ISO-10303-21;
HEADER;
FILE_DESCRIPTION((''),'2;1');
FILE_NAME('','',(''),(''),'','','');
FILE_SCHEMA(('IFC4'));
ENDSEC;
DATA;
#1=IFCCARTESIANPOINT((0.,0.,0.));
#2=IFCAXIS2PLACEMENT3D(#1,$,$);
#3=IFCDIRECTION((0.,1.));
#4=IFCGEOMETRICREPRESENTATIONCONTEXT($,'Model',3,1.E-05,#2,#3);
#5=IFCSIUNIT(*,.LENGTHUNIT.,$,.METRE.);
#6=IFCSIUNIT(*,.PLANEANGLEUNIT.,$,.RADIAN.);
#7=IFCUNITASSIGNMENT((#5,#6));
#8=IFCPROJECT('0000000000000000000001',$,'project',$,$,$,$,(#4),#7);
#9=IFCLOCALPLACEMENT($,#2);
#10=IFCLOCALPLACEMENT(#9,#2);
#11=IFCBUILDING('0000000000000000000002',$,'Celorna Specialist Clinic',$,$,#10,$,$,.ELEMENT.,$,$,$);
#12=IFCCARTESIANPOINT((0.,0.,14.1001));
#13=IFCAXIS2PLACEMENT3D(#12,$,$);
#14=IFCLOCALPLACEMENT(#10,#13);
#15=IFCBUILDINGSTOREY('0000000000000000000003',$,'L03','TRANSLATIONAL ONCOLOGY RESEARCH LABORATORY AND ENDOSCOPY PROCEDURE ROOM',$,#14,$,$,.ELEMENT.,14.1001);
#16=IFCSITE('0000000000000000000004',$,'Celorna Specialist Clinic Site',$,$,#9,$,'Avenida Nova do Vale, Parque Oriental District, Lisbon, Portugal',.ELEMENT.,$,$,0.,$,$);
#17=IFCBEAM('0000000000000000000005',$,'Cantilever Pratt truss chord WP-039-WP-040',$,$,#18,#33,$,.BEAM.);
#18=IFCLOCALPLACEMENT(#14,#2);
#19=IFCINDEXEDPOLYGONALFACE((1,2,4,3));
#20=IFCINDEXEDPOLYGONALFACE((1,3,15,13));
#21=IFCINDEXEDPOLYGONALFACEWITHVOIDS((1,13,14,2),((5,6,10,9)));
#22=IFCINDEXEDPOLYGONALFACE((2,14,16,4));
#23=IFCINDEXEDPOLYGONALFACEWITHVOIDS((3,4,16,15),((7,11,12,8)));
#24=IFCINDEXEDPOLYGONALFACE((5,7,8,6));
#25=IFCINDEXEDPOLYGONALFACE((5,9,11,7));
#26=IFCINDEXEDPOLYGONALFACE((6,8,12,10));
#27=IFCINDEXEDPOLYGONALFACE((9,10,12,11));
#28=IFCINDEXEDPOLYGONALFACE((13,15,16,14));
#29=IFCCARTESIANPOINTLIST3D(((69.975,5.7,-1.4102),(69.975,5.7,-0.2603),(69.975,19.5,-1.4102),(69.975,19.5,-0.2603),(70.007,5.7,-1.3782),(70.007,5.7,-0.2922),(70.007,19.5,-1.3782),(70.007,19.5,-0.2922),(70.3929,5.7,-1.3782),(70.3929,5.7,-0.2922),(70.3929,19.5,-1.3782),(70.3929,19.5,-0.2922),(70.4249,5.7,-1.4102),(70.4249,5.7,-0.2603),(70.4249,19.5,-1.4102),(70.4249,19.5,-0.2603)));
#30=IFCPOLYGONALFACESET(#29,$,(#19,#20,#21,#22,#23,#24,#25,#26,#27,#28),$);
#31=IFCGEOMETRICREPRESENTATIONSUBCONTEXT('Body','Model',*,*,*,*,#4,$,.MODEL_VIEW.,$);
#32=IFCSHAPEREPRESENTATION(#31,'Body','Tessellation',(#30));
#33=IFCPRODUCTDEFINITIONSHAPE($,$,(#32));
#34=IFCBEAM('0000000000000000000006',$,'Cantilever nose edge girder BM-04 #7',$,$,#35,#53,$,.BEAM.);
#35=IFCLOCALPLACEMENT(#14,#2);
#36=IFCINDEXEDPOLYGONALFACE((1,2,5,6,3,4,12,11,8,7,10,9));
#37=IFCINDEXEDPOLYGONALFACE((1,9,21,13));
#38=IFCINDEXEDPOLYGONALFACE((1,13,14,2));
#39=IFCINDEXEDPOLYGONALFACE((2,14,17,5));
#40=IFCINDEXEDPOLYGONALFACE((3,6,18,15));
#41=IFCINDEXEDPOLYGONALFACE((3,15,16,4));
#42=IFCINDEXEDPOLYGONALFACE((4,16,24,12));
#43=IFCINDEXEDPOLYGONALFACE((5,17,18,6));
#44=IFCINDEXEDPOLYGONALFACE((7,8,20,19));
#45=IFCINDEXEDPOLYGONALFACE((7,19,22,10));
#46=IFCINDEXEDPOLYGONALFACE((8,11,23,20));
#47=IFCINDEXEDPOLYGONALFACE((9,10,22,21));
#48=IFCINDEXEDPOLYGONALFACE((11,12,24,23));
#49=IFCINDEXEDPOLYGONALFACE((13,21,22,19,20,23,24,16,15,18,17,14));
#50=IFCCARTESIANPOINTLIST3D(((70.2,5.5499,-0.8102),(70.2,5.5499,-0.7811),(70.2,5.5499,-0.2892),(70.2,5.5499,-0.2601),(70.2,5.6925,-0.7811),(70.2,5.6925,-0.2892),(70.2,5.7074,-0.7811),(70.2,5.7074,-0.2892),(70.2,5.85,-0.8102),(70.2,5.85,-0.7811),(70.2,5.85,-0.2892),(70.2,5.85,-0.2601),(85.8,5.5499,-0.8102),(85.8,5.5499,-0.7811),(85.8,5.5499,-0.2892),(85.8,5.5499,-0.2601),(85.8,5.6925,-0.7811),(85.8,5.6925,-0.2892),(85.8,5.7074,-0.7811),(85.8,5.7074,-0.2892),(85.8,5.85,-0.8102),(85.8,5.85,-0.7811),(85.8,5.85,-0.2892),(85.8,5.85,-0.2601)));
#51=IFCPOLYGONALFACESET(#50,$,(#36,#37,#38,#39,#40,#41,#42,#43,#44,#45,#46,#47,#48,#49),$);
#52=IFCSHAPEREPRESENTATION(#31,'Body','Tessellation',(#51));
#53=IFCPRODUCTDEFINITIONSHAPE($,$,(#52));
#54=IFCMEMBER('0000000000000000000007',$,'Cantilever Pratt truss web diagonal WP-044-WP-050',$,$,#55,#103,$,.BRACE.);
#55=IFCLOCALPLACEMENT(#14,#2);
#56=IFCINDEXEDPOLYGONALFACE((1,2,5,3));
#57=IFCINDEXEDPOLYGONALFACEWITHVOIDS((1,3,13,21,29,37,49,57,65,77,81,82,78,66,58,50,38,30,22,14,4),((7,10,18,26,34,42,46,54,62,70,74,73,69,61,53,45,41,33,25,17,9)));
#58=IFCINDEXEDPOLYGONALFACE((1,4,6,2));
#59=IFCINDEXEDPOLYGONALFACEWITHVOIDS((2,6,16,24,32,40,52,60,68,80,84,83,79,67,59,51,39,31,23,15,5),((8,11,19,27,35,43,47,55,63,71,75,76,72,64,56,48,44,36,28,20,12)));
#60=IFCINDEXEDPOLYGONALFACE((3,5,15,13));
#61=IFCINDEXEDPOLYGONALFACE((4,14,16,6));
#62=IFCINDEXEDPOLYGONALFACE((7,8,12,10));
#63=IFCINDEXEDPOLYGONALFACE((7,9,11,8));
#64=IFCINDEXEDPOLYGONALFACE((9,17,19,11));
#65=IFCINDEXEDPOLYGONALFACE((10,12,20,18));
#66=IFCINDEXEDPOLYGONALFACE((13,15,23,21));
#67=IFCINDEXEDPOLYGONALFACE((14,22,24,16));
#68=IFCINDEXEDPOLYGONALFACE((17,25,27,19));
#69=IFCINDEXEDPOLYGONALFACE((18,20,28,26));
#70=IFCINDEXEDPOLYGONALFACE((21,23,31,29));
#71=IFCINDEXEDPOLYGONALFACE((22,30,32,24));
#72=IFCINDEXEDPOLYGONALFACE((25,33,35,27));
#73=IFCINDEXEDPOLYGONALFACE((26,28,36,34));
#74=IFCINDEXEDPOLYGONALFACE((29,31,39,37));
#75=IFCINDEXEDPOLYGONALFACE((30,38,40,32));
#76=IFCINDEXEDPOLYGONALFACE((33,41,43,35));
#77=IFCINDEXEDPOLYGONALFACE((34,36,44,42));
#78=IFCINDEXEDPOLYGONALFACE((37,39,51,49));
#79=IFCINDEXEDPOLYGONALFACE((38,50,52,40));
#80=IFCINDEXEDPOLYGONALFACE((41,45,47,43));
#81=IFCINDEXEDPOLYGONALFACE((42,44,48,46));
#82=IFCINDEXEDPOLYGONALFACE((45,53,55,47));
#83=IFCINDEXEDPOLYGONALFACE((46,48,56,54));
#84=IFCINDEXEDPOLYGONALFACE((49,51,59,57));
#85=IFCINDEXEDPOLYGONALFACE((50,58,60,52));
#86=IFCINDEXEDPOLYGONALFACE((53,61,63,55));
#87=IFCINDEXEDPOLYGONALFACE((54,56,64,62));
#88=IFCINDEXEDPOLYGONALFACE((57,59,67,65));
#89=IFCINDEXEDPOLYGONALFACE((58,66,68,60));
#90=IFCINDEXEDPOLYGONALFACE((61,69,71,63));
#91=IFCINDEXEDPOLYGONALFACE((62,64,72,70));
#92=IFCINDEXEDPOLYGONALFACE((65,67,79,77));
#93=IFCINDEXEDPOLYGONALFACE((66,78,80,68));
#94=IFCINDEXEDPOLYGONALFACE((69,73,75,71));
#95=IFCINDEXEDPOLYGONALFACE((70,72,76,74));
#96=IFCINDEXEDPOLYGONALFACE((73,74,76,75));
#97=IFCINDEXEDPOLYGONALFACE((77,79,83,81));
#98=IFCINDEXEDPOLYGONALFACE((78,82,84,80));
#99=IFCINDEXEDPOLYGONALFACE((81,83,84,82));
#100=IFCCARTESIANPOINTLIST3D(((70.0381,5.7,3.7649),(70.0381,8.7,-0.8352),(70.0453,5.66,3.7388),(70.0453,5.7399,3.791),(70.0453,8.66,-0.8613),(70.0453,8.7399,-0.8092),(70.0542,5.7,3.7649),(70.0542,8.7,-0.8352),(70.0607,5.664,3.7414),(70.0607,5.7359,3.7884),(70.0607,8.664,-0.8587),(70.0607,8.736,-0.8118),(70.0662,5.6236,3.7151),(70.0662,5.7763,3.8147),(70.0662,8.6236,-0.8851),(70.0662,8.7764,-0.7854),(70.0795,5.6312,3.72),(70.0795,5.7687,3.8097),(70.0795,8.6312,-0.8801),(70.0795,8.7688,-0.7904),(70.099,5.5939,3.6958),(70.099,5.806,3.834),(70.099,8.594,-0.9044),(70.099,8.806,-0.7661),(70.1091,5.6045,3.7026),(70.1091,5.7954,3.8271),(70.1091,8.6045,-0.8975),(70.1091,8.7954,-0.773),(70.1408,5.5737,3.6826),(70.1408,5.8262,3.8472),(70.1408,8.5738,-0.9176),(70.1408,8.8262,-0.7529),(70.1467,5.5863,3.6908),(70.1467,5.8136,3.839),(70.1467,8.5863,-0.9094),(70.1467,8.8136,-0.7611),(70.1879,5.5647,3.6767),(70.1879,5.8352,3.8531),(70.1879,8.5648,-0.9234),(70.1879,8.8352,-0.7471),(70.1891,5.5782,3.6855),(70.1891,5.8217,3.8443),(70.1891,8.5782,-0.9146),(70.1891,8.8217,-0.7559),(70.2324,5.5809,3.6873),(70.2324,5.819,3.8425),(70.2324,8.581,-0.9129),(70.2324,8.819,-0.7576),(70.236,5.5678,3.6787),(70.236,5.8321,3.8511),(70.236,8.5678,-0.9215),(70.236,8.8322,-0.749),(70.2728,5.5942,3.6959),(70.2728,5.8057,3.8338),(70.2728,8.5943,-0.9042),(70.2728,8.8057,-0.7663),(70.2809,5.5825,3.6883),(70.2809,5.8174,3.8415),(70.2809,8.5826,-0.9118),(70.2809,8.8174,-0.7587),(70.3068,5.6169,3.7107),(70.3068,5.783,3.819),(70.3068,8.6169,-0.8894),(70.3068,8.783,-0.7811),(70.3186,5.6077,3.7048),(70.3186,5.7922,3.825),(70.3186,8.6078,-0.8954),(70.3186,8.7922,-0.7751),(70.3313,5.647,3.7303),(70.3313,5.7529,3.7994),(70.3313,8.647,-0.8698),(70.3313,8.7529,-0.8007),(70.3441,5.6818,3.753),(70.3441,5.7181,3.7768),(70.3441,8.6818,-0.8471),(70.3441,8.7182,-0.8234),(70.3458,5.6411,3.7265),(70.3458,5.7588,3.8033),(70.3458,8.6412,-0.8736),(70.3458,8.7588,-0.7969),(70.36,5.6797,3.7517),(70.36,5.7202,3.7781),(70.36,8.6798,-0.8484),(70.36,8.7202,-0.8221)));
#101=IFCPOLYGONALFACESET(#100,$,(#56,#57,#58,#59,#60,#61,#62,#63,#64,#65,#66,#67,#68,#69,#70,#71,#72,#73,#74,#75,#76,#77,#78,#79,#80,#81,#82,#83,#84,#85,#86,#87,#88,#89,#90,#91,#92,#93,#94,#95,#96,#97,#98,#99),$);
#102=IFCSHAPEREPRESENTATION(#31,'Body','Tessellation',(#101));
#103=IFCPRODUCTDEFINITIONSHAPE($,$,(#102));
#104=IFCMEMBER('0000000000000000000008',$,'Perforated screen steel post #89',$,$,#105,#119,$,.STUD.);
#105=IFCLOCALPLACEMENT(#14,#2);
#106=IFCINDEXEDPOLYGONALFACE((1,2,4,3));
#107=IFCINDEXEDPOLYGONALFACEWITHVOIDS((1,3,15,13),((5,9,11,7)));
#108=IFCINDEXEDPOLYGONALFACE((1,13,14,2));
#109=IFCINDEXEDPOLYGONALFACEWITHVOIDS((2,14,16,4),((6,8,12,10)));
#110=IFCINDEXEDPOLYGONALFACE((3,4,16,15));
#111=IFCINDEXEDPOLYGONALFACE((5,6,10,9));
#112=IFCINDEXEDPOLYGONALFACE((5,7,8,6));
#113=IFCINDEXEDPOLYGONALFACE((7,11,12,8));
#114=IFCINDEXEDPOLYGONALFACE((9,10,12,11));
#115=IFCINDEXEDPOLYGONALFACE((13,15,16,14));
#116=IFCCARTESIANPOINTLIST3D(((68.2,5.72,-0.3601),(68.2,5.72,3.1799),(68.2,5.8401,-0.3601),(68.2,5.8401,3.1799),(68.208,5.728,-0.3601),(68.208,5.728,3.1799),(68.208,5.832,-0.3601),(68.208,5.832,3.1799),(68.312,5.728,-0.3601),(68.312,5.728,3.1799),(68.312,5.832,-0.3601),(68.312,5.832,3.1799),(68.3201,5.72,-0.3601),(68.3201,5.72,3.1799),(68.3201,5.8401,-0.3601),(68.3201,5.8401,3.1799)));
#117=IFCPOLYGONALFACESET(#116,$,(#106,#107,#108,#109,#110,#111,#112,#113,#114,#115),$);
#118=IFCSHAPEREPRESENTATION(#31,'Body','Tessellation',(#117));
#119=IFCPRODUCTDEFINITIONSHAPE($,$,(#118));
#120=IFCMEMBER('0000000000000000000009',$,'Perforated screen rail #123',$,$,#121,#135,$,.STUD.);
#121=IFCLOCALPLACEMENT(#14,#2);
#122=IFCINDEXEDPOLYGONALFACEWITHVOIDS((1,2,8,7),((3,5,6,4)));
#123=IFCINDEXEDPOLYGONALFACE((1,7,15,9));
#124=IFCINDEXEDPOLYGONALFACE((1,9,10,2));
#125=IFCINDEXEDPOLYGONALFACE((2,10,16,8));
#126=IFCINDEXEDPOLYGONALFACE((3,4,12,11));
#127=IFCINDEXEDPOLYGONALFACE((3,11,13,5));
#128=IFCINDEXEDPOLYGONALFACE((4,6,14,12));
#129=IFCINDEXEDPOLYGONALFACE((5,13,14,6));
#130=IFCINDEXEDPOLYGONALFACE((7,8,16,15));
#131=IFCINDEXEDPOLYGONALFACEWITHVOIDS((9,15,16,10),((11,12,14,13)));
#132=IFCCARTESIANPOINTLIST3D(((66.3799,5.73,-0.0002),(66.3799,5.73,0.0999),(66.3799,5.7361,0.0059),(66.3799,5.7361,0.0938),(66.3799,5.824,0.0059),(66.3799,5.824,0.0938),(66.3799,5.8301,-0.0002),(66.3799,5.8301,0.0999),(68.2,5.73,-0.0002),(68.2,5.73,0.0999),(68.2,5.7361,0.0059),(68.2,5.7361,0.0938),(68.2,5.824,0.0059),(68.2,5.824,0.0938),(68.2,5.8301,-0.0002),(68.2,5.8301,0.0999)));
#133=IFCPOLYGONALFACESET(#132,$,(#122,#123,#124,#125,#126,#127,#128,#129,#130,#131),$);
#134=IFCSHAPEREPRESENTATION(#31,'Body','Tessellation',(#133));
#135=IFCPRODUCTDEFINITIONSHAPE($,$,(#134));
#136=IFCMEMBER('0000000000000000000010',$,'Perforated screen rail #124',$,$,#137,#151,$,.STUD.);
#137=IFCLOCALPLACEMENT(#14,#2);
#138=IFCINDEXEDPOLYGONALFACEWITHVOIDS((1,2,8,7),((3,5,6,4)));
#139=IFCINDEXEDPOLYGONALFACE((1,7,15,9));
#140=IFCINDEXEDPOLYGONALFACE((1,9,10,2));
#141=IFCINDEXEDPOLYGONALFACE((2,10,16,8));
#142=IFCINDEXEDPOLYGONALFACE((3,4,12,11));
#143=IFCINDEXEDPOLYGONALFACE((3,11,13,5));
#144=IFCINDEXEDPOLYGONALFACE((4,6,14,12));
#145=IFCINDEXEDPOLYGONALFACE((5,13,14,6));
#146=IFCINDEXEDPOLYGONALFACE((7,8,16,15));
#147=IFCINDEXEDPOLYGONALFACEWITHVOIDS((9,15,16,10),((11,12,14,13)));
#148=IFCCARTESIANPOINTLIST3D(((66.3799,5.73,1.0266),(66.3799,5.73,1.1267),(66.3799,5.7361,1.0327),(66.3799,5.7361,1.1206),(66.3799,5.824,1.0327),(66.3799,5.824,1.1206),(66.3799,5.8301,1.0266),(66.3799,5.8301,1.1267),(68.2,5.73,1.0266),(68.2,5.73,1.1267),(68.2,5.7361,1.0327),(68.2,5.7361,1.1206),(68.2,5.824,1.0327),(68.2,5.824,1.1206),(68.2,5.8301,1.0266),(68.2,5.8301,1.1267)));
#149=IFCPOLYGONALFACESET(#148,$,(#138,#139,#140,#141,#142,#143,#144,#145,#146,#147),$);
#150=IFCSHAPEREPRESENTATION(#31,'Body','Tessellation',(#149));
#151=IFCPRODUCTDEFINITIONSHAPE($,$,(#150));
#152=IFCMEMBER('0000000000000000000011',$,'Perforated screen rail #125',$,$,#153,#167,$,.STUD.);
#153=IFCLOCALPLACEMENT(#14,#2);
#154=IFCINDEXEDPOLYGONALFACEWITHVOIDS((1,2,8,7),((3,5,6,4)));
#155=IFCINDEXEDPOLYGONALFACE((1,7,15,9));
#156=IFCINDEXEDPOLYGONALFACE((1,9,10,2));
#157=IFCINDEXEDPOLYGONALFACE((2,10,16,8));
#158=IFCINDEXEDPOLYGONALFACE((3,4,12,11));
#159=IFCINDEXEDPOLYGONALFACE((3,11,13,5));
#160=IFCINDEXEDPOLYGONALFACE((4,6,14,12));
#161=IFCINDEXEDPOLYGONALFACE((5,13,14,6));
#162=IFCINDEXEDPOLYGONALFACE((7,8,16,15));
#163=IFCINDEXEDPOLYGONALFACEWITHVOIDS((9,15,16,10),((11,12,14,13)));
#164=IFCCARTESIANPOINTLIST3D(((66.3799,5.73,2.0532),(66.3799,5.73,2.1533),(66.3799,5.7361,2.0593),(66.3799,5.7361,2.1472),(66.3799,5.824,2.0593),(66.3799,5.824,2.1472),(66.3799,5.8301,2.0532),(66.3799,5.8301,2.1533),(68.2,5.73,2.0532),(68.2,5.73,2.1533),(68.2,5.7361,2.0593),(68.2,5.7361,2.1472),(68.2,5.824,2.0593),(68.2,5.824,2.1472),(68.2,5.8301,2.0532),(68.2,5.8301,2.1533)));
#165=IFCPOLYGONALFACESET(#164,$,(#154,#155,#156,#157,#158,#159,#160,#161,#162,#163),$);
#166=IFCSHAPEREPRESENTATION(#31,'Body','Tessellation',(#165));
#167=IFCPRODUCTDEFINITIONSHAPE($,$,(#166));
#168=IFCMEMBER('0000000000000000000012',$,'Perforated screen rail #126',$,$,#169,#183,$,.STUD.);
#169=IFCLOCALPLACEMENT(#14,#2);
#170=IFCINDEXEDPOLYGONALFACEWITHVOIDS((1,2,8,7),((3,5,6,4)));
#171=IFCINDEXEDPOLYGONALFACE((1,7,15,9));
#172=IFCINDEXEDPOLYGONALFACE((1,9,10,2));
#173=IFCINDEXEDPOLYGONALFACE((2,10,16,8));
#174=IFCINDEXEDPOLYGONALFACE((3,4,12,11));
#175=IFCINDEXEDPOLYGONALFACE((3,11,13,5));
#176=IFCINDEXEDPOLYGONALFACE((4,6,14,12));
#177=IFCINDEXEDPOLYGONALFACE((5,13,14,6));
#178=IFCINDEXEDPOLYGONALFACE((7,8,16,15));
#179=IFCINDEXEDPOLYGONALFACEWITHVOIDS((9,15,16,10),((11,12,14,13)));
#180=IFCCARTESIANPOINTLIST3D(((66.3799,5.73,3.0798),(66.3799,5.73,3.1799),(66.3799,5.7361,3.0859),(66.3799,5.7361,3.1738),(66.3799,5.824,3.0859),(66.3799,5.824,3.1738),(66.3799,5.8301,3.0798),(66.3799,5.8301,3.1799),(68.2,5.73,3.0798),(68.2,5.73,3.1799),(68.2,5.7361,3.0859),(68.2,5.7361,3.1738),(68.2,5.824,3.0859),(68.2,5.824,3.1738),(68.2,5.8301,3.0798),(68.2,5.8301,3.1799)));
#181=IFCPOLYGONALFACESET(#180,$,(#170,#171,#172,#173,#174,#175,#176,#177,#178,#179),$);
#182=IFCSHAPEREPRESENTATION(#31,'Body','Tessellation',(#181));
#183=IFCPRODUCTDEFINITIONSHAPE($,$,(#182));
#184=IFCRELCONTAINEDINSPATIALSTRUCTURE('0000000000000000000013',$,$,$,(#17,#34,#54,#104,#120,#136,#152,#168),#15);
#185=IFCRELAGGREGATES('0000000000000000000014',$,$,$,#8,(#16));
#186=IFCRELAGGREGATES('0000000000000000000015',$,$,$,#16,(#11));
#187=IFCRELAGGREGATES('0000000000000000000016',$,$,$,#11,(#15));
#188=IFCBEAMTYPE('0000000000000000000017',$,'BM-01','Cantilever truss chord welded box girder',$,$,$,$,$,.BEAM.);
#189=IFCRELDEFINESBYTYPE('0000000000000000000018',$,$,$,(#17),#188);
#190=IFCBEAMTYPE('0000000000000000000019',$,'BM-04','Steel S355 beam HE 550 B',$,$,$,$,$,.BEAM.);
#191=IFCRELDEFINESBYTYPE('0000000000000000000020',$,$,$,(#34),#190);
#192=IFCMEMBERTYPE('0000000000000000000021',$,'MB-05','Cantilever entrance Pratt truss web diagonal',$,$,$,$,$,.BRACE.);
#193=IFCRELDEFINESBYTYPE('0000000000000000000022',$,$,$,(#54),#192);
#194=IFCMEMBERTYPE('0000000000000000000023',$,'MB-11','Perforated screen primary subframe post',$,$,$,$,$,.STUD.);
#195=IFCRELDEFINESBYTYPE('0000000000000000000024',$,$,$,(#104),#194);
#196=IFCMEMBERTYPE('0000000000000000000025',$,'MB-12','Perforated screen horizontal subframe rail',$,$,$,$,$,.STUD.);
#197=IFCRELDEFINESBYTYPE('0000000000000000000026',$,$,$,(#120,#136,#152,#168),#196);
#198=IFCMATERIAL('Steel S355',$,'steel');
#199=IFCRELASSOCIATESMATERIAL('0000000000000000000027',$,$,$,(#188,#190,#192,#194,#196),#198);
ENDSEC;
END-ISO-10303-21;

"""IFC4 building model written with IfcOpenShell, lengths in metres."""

from ifc_helpers import new_model, si_unit, direction, frame, origin, origin_2d, place, context, subcontext, project, spatial, hollow_rectangle, hollow_circle, i_section, extrude, material, material_profile, profile_set, type_object, element, save


model = new_model("IFC4")

# Units and contexts
model_context = context("Model", 3, precision=1e-05, world=origin(), true_north=direction((0.0, 1.0)))
body_context = subcontext(model_context, "Body", "Model", "MODEL_VIEW")
ifc_project = project(units=[si_unit("LENGTHUNIT", "METRE"), si_unit("PLANEANGLEUNIT", "RADIAN")], contexts=[model_context])

# Site, building, storey
site_placement = place(None, origin())
site = spatial("IfcSite", under=ifc_project, at=site_placement, Name="Celorna Specialist Clinic Site", LongName="Avenida Nova do Vale, Parque Oriental District, Lisbon, Portugal", CompositionType="ELEMENT", RefElevation=0.0)
building_placement = place(site_placement, origin())
building = spatial("IfcBuilding", under=site, at=building_placement, Name="Celorna Specialist Clinic", CompositionType="ELEMENT")
storey_placement = place(building_placement, frame((0.0, 0.0, 14.1001)))
storey = spatial("IfcBuildingStorey", under=building, at=storey_placement, Name="L03", Description="TRANSLATIONAL ONCOLOGY RESEARCH LABORATORY AND ENDOSCOPY PROCEDURE ROOM", CompositionType="ELEMENT", Elevation=14.1001)

# Beams
ifc_material_1 = material(Name="Steel S355", Category="steel")
ifc_material_profile_1 = material_profile(ifc_material_1, hollow_rectangle(XDim=0.45, YDim=1.1499, WallThickness=0.032, at=origin_2d()), Name="BOX 450x1150x32")
ifc_profile_set_1 = profile_set([ifc_material_profile_1], Name="Steel S355")
beam_type_1 = type_object("IfcBeamType", Name="BM-01", Description="Cantilever truss chord welded box girder", PredefinedType="BEAM", material=ifc_profile_set_1)
beam_1_placement = place(storey_placement, frame((70.2, 5.7, -0.8352), z_axis=(0.0, 1.0, 0.0), x_axis=(-1.0, 0.0, 0.0)))
element("IfcBeam", 1, at=beam_1_placement, inside=storey, type_object=beam_type_1, Name="Cantilever Pratt truss chord WP-039-WP-040", PredefinedType="BEAM", context=body_context, shape_type="SweptSolid", body=[
    extrude(hollow_rectangle(XDim=0.45, YDim=1.1499, WallThickness=0.032, at=origin_2d()), origin(), (0.0, 0.0, 1.0), 13.8),
])
ifc_material_profile_2 = material_profile(ifc_material_1, i_section(OverallWidth=0.3, OverallDepth=0.55, WebThickness=0.0149, FlangeThickness=0.0291, at=origin_2d()), Name="HE 550 B")
ifc_profile_set_2 = profile_set([ifc_material_profile_2], Name="Steel S355")
beam_type_2 = type_object("IfcBeamType", Name="BM-04", Description="Steel S355 beam HE 550 B", PredefinedType="BEAM", material=ifc_profile_set_2)
beam_2_placement = place(storey_placement, frame((70.2, 5.7, -0.5352), z_axis=(1.0, 0.0, 0.0), x_axis=(0.0, 1.0, 0.0)))
element("IfcBeam", 2, at=beam_2_placement, inside=storey, type_object=beam_type_2, Name="Cantilever nose edge girder BM-04 #7", PredefinedType="BEAM", context=body_context, shape_type="SweptSolid", body=[
    extrude(i_section(OverallWidth=0.3, OverallDepth=0.55, WebThickness=0.0149, FlangeThickness=0.0291, at=origin_2d()), origin(), (0.0, 0.0, 1.0), 15.6001),
])

# Members
ifc_material_profile_3 = material_profile(ifc_material_1, hollow_circle(Radius=0.1619, WallThickness=0.0161, at=origin_2d()), Name="CHS 323.9x16")
ifc_profile_set_3 = profile_set([ifc_material_profile_3], Name="Steel S355")
member_type_1 = type_object("IfcMemberType", Name="MB-05", Description="Cantilever entrance Pratt truss web diagonal", PredefinedType="BRACE", material=ifc_profile_set_3)
member_1_placement = place(storey_placement, frame((70.2, 5.7, 3.7649), z_axis=(0.0, 0.54626, -0.837616), x_axis=(-1.0, 0.0, 0.0)))
element("IfcMember", 3, at=member_1_placement, inside=storey, type_object=member_type_1, Name="Cantilever Pratt truss web diagonal WP-044-WP-050", PredefinedType="BRACE", context=body_context, shape_type="SweptSolid", body=[
    extrude(hollow_circle(Radius=0.1619, WallThickness=0.0161, at=origin_2d()), origin(), (0.0, 0.0, 1.0), 5.4919),
])
ifc_material_profile_4 = material_profile(ifc_material_1, hollow_rectangle(XDim=0.1201, YDim=0.1201, WallThickness=0.0081, at=origin_2d()), Name="SHS 120x120x8")
ifc_profile_set_4 = profile_set([ifc_material_profile_4], Name="Steel S355")
member_type_2 = type_object("IfcMemberType", Name="MB-11", Description="Perforated screen primary subframe post", PredefinedType="STUD", material=ifc_profile_set_4)
member_2_placement = place(storey_placement, frame((68.26, 5.78, -0.3601), z_axis=(0.0, 0.0, 1.0), x_axis=(1.0, 0.0, 0.0)))
element("IfcMember", 4, at=member_2_placement, inside=storey, type_object=member_type_2, Name="Perforated screen steel post #89", PredefinedType="STUD", context=body_context, shape_type="SweptSolid", body=[
    extrude(hollow_rectangle(XDim=0.1201, YDim=0.1201, WallThickness=0.0081, at=origin_2d()), origin(), (0.0, 0.0, 1.0), 3.54),
])
ifc_material_profile_5 = material_profile(ifc_material_1, hollow_rectangle(XDim=0.1001, YDim=0.1001, WallThickness=0.0061, at=origin_2d()), Name="SHS 100x100x6")
ifc_profile_set_5 = profile_set([ifc_material_profile_5], Name="Steel S355")
member_type_3 = type_object("IfcMemberType", Name="MB-12", Description="Perforated screen horizontal subframe rail", PredefinedType="STUD", material=ifc_profile_set_5)
for number, where, z_axis, x_axis, name in (
    (5, (66.3799, 5.78, 0.0498), (1.0, 0.0, 0.0), (0.0, 1.0, 0.0), "Perforated screen rail #123"),
    (6, (66.3799, 5.78, 1.0767), (1.0, 0.0, 0.0), (0.0, 1.0, 0.0), "Perforated screen rail #124"),
    (7, (66.3799, 5.78, 2.1033), (1.0, 0.0, 0.0), (0.0, 1.0, 0.0), "Perforated screen rail #125"),
    (8, (66.3799, 5.78, 3.1299), (1.0, 0.0, 0.0), (0.0, 1.0, 0.0), "Perforated screen rail #126"),
):
    element("IfcMember", number, at=place(storey_placement, frame(where, z_axis=z_axis, x_axis=x_axis)), inside=storey, type_object=member_type_3, Name=name, PredefinedType="STUD", context=body_context, shape_type="SweptSolid", body=[
        extrude(hollow_rectangle(XDim=0.1001, YDim=0.1001, WallThickness=0.0061, at=origin_2d()), origin(), (0.0, 0.0, 1.0), 1.8201),
    ])

save(model, "model.ifc")
